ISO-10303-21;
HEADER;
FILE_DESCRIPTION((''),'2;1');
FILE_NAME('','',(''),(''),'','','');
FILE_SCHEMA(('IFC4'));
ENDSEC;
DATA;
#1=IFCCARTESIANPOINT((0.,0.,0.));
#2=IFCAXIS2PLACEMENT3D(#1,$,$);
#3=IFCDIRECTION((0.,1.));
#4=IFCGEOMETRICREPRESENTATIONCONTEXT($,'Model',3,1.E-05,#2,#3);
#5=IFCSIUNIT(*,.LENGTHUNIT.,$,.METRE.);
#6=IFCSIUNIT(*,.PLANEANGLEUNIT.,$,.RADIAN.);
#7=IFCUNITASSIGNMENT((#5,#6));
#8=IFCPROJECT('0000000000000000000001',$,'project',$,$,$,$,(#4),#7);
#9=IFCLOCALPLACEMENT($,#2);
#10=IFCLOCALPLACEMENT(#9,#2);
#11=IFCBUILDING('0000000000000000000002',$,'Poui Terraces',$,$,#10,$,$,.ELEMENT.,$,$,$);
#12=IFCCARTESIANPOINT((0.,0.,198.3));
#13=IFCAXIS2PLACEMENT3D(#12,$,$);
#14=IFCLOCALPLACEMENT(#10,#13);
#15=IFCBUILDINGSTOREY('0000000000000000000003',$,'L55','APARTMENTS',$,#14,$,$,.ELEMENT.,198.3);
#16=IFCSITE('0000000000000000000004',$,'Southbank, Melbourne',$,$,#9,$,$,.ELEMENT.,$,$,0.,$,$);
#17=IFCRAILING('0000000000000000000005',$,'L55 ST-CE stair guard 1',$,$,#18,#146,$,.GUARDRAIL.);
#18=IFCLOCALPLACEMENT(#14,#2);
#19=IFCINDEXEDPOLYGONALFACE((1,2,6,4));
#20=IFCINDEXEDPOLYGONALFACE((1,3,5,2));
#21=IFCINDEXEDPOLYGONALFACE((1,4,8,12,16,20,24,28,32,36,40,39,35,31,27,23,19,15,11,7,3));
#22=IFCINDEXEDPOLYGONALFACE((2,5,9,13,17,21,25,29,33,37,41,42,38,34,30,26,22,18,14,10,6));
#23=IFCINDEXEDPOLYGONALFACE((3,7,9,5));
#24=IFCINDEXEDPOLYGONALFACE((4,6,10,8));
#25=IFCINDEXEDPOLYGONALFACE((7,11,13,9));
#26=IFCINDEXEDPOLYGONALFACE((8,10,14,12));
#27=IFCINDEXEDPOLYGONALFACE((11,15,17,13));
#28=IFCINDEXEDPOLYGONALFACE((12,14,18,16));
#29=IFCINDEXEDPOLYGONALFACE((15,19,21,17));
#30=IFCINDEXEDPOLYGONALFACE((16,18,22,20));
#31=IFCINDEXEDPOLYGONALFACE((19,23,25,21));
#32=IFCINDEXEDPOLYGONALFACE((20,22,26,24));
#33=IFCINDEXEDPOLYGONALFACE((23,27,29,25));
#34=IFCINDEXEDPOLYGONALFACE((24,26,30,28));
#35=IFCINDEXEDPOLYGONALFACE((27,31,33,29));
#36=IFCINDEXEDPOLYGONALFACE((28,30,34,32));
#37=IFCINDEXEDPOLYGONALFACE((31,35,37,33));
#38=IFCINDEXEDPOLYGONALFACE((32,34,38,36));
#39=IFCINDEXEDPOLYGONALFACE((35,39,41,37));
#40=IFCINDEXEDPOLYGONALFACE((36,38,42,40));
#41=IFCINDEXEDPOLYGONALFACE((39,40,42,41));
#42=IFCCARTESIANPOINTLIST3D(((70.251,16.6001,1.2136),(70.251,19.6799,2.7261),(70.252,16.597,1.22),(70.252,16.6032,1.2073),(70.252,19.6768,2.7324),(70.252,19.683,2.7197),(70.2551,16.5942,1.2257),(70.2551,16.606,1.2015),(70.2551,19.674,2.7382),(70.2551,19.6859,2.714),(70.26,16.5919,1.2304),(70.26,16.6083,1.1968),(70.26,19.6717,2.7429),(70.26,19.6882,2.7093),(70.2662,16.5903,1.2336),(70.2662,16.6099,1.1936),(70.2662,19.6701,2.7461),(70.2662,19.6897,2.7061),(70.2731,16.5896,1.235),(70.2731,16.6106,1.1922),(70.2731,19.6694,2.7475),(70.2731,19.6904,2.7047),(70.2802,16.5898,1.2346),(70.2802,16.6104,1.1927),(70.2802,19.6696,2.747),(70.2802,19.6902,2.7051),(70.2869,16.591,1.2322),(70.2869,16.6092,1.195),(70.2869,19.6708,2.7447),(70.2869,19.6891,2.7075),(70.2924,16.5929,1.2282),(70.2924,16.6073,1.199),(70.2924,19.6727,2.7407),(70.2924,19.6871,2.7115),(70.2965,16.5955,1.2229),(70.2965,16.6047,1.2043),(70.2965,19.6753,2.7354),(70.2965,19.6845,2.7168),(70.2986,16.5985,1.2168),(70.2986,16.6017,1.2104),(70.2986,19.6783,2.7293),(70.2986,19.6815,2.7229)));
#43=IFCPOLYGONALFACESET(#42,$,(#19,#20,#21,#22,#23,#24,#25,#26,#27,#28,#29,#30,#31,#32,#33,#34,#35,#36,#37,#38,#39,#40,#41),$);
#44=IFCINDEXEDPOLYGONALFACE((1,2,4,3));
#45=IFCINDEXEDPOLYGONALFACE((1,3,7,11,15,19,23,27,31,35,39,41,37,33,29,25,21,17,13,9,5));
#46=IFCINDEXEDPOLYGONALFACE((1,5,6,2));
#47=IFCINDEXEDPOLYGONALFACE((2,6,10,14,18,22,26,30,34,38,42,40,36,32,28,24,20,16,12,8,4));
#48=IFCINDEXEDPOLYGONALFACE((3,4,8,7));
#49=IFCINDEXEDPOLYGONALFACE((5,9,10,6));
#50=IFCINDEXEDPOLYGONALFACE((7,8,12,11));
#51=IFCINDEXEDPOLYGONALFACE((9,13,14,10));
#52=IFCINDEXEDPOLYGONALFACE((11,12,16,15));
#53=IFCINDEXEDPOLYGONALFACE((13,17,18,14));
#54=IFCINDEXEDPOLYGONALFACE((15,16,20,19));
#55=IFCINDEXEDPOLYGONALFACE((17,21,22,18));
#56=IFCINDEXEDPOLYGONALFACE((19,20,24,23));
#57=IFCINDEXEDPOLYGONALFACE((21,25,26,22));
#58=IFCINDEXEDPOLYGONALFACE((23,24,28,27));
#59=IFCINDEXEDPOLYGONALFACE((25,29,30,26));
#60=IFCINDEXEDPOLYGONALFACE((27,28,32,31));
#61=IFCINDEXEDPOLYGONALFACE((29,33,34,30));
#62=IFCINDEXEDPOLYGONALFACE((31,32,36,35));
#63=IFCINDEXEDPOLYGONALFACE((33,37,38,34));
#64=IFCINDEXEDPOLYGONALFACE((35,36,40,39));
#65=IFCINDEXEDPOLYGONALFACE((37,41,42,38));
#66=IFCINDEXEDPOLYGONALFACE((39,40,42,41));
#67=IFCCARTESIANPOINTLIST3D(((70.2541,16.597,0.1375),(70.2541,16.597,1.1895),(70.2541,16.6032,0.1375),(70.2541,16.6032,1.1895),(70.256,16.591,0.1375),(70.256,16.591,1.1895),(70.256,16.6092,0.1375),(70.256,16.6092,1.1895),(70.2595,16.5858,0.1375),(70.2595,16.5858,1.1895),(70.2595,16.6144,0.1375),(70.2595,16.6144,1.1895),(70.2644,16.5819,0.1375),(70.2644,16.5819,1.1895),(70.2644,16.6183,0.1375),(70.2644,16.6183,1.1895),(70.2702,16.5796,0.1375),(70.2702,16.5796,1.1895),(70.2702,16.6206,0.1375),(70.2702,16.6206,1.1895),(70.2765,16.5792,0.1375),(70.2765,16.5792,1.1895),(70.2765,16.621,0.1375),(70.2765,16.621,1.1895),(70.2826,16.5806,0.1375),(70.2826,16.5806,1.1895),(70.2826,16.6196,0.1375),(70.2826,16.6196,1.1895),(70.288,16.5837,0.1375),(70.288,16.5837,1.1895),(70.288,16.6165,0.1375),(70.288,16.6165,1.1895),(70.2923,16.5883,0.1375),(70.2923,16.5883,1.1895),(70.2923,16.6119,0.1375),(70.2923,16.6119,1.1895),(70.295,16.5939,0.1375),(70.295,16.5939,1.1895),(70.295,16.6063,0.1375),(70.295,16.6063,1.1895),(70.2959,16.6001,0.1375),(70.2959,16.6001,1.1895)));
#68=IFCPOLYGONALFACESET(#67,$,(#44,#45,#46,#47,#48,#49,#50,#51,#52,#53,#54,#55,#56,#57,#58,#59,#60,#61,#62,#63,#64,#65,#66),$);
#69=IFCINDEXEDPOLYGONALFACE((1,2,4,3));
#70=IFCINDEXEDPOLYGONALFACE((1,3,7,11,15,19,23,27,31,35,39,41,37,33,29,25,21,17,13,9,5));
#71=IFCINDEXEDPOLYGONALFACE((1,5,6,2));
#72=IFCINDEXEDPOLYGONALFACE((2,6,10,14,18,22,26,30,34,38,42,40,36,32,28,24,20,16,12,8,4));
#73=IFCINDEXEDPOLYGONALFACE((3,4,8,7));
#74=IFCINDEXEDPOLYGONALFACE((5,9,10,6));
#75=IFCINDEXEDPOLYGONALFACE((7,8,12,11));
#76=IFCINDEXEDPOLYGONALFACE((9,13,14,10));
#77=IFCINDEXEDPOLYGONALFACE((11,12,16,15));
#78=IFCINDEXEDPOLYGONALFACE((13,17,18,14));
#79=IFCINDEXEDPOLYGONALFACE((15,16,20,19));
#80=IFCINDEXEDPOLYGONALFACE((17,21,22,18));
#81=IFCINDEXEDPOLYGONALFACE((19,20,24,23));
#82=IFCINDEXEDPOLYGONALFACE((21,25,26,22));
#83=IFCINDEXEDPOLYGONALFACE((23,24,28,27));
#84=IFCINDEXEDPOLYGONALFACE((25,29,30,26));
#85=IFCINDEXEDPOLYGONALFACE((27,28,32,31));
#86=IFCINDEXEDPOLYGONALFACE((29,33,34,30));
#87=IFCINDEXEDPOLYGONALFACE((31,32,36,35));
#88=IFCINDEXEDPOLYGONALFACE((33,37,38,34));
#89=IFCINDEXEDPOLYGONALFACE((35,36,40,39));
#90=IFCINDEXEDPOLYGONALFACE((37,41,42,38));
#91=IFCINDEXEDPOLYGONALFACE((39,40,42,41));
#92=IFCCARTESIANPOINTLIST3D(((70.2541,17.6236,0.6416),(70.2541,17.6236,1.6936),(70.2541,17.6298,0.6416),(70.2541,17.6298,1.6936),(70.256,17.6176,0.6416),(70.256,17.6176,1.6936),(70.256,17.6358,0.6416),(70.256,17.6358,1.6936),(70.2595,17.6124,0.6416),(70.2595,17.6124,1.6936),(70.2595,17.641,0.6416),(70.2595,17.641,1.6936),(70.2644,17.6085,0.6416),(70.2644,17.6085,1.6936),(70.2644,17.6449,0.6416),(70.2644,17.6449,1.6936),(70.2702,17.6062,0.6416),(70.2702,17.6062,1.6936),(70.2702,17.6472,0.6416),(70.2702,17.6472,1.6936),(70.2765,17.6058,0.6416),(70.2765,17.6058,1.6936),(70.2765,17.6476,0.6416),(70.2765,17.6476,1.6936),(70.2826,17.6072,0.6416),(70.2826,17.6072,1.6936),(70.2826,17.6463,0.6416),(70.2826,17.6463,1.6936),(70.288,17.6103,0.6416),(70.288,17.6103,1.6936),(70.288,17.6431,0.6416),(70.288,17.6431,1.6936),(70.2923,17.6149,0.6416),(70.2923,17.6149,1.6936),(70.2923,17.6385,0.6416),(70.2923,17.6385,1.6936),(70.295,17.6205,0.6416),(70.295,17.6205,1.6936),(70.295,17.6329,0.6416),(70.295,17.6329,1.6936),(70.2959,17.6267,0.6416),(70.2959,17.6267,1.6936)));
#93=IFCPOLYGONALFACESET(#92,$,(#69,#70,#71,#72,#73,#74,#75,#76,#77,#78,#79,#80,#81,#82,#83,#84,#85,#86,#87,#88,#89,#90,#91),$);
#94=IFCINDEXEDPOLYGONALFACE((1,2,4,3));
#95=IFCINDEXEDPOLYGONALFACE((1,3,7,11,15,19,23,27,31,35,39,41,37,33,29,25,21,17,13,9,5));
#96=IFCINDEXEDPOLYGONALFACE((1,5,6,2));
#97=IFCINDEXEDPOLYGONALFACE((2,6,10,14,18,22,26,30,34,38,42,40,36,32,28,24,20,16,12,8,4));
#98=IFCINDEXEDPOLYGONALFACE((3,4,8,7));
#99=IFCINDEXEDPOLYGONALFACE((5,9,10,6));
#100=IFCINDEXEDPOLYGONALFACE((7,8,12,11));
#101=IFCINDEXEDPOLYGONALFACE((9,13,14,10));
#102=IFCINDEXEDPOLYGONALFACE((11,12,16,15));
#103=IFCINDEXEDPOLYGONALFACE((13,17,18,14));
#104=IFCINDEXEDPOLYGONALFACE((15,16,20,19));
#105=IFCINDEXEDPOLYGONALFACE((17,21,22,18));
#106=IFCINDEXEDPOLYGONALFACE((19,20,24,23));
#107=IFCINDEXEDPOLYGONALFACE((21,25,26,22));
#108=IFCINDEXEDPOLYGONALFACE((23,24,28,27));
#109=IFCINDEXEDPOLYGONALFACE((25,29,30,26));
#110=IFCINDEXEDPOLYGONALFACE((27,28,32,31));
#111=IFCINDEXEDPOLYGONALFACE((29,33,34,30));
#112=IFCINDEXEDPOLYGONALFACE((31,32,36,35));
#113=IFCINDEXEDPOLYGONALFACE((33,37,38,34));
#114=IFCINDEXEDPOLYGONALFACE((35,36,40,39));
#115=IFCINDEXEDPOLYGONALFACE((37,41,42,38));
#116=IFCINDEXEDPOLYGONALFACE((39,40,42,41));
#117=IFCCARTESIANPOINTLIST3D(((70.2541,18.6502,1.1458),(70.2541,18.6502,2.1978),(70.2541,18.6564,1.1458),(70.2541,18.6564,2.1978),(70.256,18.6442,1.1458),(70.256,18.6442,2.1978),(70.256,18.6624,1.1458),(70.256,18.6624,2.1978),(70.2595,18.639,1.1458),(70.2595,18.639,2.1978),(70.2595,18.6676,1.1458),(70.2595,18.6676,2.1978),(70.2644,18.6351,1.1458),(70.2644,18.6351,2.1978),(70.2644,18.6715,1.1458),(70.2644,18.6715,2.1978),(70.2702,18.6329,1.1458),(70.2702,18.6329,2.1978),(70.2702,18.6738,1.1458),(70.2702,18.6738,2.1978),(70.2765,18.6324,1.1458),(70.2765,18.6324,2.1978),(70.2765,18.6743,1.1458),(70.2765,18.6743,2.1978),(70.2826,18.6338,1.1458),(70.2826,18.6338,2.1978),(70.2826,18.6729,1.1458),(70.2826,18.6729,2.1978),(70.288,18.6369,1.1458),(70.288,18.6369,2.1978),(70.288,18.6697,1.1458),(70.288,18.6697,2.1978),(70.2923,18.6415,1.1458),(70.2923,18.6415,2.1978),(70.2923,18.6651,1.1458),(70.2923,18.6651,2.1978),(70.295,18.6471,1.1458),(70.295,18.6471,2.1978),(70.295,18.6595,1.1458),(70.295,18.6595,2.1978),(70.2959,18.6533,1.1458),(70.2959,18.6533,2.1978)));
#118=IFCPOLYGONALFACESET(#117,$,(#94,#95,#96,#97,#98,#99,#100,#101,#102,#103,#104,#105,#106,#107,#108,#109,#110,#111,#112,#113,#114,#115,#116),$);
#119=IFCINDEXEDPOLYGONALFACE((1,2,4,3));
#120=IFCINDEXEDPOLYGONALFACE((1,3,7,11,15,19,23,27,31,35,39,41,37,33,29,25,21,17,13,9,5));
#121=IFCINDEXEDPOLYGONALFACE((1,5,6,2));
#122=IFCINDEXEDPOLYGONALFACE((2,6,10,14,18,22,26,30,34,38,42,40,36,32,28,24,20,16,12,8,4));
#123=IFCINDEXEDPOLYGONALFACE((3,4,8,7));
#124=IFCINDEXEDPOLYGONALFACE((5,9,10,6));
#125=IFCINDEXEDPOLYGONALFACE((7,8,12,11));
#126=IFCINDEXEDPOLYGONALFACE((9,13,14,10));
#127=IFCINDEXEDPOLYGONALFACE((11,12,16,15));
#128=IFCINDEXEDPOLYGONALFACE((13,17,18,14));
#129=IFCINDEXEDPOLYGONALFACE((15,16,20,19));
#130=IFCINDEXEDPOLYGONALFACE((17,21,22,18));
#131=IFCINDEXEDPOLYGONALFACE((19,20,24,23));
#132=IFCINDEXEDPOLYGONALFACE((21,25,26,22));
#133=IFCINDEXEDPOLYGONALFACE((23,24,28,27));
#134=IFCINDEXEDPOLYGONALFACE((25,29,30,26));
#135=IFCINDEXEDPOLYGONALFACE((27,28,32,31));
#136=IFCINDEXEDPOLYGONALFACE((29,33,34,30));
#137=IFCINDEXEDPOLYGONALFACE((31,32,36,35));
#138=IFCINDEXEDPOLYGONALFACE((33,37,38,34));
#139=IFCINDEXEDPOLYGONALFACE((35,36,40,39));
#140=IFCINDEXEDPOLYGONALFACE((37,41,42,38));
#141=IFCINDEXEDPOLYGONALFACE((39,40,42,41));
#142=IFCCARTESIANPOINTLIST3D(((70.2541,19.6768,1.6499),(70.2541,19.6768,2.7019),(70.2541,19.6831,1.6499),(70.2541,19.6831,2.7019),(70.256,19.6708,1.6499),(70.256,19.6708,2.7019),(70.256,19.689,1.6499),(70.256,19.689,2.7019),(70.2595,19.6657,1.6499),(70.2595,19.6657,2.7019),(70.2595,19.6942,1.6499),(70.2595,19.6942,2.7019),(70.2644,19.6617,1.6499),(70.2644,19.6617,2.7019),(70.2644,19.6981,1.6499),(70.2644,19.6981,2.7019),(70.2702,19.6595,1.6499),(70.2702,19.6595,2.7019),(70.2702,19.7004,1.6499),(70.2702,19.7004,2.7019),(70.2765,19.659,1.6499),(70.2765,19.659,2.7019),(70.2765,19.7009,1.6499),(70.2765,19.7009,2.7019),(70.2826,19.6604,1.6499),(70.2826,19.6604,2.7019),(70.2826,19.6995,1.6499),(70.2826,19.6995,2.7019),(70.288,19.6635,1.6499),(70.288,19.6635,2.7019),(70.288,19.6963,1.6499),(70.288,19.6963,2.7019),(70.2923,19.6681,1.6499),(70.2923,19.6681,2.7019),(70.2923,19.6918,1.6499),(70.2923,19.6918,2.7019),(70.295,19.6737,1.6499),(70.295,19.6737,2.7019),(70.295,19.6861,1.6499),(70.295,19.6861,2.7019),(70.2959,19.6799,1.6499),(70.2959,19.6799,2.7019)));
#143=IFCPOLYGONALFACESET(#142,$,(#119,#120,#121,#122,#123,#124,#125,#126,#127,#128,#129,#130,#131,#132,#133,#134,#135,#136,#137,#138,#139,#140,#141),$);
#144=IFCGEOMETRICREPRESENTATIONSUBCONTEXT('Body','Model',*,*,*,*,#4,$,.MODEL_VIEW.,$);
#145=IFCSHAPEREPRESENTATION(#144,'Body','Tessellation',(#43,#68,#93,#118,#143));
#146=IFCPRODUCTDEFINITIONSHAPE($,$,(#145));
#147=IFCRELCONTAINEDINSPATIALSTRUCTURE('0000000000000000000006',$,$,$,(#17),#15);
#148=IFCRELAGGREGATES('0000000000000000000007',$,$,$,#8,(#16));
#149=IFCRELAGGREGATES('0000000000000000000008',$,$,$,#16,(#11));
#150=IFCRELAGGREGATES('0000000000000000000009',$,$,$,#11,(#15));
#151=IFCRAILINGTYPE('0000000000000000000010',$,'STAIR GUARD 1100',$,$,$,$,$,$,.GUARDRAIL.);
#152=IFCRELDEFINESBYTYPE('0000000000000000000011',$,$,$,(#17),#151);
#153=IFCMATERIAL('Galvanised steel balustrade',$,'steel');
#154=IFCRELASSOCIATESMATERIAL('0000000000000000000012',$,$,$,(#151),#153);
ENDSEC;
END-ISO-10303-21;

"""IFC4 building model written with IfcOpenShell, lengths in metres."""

from ifc_helpers import new_model, si_unit, direction, frame, origin, origin_2d, place, context, subcontext, project, spatial, circle, extrude, material, type_object, element, save


model = new_model("IFC4")

# Units and contexts
model_context = context("Model", 3, precision=1e-05, world=origin(), true_north=direction((0.0, 1.0)))
body_context = subcontext(model_context, "Body", "Model", "MODEL_VIEW")
ifc_project = project(units=[si_unit("LENGTHUNIT", "METRE"), si_unit("PLANEANGLEUNIT", "RADIAN")], contexts=[model_context])

# Site, building, storey
site_placement = place(None, origin())
site = spatial("IfcSite", under=ifc_project, at=site_placement, Name="Southbank, Melbourne", CompositionType="ELEMENT", RefElevation=0.0)
building_placement = place(site_placement, origin())
building = spatial("IfcBuilding", under=site, at=building_placement, Name="Poui Terraces", CompositionType="ELEMENT")
storey_placement = place(building_placement, frame((0.0, 0.0, 198.3)))
storey = spatial("IfcBuildingStorey", under=building, at=storey_placement, Name="L55", Description="APARTMENTS", CompositionType="ELEMENT", Elevation=198.3)

# Railing
ifc_material_1 = material(Name="Galvanised steel balustrade", Category="steel")
railing_type_1 = type_object("IfcRailingType", Name="STAIR GUARD 1100", PredefinedType="GUARDRAIL", material=ifc_material_1)
railing_1_placement = place(storey_placement, frame((70.2749, 16.6001, 0.1375)))
element("IfcRailing", 1, at=railing_1_placement, inside=storey, type_object=railing_type_1, Name="L55 ST-CE stair guard 1", PredefinedType="GUARDRAIL", context=body_context, shape_type="SweptSolid", body=[
    extrude(circle(Radius=0.0239, at=origin_2d()), frame((0.0, 0.0, 1.0762), z_axis=(0.0, 0.897606, 0.440798), x_axis=(-1.0, 0.0, 0.0)), (0.0, 0.0, 1.0), 3.4312),
    extrude(circle(Radius=0.021, at=origin_2d()), origin(), (0.0, 0.0, 1.0), 1.052),
    extrude(circle(Radius=0.021, at=origin_2d()), frame((0.0, 1.0266, 0.5042)), (0.0, 0.0, 1.0), 1.052),
    extrude(circle(Radius=0.021, at=origin_2d()), frame((0.0, 2.0532, 1.0083)), (0.0, 0.0, 1.0), 1.052),
    extrude(circle(Radius=0.021, at=origin_2d()), frame((0.0, 3.0798, 1.5125)), (0.0, 0.0, 1.0), 1.052),
])

save(model, "model.ifc")
